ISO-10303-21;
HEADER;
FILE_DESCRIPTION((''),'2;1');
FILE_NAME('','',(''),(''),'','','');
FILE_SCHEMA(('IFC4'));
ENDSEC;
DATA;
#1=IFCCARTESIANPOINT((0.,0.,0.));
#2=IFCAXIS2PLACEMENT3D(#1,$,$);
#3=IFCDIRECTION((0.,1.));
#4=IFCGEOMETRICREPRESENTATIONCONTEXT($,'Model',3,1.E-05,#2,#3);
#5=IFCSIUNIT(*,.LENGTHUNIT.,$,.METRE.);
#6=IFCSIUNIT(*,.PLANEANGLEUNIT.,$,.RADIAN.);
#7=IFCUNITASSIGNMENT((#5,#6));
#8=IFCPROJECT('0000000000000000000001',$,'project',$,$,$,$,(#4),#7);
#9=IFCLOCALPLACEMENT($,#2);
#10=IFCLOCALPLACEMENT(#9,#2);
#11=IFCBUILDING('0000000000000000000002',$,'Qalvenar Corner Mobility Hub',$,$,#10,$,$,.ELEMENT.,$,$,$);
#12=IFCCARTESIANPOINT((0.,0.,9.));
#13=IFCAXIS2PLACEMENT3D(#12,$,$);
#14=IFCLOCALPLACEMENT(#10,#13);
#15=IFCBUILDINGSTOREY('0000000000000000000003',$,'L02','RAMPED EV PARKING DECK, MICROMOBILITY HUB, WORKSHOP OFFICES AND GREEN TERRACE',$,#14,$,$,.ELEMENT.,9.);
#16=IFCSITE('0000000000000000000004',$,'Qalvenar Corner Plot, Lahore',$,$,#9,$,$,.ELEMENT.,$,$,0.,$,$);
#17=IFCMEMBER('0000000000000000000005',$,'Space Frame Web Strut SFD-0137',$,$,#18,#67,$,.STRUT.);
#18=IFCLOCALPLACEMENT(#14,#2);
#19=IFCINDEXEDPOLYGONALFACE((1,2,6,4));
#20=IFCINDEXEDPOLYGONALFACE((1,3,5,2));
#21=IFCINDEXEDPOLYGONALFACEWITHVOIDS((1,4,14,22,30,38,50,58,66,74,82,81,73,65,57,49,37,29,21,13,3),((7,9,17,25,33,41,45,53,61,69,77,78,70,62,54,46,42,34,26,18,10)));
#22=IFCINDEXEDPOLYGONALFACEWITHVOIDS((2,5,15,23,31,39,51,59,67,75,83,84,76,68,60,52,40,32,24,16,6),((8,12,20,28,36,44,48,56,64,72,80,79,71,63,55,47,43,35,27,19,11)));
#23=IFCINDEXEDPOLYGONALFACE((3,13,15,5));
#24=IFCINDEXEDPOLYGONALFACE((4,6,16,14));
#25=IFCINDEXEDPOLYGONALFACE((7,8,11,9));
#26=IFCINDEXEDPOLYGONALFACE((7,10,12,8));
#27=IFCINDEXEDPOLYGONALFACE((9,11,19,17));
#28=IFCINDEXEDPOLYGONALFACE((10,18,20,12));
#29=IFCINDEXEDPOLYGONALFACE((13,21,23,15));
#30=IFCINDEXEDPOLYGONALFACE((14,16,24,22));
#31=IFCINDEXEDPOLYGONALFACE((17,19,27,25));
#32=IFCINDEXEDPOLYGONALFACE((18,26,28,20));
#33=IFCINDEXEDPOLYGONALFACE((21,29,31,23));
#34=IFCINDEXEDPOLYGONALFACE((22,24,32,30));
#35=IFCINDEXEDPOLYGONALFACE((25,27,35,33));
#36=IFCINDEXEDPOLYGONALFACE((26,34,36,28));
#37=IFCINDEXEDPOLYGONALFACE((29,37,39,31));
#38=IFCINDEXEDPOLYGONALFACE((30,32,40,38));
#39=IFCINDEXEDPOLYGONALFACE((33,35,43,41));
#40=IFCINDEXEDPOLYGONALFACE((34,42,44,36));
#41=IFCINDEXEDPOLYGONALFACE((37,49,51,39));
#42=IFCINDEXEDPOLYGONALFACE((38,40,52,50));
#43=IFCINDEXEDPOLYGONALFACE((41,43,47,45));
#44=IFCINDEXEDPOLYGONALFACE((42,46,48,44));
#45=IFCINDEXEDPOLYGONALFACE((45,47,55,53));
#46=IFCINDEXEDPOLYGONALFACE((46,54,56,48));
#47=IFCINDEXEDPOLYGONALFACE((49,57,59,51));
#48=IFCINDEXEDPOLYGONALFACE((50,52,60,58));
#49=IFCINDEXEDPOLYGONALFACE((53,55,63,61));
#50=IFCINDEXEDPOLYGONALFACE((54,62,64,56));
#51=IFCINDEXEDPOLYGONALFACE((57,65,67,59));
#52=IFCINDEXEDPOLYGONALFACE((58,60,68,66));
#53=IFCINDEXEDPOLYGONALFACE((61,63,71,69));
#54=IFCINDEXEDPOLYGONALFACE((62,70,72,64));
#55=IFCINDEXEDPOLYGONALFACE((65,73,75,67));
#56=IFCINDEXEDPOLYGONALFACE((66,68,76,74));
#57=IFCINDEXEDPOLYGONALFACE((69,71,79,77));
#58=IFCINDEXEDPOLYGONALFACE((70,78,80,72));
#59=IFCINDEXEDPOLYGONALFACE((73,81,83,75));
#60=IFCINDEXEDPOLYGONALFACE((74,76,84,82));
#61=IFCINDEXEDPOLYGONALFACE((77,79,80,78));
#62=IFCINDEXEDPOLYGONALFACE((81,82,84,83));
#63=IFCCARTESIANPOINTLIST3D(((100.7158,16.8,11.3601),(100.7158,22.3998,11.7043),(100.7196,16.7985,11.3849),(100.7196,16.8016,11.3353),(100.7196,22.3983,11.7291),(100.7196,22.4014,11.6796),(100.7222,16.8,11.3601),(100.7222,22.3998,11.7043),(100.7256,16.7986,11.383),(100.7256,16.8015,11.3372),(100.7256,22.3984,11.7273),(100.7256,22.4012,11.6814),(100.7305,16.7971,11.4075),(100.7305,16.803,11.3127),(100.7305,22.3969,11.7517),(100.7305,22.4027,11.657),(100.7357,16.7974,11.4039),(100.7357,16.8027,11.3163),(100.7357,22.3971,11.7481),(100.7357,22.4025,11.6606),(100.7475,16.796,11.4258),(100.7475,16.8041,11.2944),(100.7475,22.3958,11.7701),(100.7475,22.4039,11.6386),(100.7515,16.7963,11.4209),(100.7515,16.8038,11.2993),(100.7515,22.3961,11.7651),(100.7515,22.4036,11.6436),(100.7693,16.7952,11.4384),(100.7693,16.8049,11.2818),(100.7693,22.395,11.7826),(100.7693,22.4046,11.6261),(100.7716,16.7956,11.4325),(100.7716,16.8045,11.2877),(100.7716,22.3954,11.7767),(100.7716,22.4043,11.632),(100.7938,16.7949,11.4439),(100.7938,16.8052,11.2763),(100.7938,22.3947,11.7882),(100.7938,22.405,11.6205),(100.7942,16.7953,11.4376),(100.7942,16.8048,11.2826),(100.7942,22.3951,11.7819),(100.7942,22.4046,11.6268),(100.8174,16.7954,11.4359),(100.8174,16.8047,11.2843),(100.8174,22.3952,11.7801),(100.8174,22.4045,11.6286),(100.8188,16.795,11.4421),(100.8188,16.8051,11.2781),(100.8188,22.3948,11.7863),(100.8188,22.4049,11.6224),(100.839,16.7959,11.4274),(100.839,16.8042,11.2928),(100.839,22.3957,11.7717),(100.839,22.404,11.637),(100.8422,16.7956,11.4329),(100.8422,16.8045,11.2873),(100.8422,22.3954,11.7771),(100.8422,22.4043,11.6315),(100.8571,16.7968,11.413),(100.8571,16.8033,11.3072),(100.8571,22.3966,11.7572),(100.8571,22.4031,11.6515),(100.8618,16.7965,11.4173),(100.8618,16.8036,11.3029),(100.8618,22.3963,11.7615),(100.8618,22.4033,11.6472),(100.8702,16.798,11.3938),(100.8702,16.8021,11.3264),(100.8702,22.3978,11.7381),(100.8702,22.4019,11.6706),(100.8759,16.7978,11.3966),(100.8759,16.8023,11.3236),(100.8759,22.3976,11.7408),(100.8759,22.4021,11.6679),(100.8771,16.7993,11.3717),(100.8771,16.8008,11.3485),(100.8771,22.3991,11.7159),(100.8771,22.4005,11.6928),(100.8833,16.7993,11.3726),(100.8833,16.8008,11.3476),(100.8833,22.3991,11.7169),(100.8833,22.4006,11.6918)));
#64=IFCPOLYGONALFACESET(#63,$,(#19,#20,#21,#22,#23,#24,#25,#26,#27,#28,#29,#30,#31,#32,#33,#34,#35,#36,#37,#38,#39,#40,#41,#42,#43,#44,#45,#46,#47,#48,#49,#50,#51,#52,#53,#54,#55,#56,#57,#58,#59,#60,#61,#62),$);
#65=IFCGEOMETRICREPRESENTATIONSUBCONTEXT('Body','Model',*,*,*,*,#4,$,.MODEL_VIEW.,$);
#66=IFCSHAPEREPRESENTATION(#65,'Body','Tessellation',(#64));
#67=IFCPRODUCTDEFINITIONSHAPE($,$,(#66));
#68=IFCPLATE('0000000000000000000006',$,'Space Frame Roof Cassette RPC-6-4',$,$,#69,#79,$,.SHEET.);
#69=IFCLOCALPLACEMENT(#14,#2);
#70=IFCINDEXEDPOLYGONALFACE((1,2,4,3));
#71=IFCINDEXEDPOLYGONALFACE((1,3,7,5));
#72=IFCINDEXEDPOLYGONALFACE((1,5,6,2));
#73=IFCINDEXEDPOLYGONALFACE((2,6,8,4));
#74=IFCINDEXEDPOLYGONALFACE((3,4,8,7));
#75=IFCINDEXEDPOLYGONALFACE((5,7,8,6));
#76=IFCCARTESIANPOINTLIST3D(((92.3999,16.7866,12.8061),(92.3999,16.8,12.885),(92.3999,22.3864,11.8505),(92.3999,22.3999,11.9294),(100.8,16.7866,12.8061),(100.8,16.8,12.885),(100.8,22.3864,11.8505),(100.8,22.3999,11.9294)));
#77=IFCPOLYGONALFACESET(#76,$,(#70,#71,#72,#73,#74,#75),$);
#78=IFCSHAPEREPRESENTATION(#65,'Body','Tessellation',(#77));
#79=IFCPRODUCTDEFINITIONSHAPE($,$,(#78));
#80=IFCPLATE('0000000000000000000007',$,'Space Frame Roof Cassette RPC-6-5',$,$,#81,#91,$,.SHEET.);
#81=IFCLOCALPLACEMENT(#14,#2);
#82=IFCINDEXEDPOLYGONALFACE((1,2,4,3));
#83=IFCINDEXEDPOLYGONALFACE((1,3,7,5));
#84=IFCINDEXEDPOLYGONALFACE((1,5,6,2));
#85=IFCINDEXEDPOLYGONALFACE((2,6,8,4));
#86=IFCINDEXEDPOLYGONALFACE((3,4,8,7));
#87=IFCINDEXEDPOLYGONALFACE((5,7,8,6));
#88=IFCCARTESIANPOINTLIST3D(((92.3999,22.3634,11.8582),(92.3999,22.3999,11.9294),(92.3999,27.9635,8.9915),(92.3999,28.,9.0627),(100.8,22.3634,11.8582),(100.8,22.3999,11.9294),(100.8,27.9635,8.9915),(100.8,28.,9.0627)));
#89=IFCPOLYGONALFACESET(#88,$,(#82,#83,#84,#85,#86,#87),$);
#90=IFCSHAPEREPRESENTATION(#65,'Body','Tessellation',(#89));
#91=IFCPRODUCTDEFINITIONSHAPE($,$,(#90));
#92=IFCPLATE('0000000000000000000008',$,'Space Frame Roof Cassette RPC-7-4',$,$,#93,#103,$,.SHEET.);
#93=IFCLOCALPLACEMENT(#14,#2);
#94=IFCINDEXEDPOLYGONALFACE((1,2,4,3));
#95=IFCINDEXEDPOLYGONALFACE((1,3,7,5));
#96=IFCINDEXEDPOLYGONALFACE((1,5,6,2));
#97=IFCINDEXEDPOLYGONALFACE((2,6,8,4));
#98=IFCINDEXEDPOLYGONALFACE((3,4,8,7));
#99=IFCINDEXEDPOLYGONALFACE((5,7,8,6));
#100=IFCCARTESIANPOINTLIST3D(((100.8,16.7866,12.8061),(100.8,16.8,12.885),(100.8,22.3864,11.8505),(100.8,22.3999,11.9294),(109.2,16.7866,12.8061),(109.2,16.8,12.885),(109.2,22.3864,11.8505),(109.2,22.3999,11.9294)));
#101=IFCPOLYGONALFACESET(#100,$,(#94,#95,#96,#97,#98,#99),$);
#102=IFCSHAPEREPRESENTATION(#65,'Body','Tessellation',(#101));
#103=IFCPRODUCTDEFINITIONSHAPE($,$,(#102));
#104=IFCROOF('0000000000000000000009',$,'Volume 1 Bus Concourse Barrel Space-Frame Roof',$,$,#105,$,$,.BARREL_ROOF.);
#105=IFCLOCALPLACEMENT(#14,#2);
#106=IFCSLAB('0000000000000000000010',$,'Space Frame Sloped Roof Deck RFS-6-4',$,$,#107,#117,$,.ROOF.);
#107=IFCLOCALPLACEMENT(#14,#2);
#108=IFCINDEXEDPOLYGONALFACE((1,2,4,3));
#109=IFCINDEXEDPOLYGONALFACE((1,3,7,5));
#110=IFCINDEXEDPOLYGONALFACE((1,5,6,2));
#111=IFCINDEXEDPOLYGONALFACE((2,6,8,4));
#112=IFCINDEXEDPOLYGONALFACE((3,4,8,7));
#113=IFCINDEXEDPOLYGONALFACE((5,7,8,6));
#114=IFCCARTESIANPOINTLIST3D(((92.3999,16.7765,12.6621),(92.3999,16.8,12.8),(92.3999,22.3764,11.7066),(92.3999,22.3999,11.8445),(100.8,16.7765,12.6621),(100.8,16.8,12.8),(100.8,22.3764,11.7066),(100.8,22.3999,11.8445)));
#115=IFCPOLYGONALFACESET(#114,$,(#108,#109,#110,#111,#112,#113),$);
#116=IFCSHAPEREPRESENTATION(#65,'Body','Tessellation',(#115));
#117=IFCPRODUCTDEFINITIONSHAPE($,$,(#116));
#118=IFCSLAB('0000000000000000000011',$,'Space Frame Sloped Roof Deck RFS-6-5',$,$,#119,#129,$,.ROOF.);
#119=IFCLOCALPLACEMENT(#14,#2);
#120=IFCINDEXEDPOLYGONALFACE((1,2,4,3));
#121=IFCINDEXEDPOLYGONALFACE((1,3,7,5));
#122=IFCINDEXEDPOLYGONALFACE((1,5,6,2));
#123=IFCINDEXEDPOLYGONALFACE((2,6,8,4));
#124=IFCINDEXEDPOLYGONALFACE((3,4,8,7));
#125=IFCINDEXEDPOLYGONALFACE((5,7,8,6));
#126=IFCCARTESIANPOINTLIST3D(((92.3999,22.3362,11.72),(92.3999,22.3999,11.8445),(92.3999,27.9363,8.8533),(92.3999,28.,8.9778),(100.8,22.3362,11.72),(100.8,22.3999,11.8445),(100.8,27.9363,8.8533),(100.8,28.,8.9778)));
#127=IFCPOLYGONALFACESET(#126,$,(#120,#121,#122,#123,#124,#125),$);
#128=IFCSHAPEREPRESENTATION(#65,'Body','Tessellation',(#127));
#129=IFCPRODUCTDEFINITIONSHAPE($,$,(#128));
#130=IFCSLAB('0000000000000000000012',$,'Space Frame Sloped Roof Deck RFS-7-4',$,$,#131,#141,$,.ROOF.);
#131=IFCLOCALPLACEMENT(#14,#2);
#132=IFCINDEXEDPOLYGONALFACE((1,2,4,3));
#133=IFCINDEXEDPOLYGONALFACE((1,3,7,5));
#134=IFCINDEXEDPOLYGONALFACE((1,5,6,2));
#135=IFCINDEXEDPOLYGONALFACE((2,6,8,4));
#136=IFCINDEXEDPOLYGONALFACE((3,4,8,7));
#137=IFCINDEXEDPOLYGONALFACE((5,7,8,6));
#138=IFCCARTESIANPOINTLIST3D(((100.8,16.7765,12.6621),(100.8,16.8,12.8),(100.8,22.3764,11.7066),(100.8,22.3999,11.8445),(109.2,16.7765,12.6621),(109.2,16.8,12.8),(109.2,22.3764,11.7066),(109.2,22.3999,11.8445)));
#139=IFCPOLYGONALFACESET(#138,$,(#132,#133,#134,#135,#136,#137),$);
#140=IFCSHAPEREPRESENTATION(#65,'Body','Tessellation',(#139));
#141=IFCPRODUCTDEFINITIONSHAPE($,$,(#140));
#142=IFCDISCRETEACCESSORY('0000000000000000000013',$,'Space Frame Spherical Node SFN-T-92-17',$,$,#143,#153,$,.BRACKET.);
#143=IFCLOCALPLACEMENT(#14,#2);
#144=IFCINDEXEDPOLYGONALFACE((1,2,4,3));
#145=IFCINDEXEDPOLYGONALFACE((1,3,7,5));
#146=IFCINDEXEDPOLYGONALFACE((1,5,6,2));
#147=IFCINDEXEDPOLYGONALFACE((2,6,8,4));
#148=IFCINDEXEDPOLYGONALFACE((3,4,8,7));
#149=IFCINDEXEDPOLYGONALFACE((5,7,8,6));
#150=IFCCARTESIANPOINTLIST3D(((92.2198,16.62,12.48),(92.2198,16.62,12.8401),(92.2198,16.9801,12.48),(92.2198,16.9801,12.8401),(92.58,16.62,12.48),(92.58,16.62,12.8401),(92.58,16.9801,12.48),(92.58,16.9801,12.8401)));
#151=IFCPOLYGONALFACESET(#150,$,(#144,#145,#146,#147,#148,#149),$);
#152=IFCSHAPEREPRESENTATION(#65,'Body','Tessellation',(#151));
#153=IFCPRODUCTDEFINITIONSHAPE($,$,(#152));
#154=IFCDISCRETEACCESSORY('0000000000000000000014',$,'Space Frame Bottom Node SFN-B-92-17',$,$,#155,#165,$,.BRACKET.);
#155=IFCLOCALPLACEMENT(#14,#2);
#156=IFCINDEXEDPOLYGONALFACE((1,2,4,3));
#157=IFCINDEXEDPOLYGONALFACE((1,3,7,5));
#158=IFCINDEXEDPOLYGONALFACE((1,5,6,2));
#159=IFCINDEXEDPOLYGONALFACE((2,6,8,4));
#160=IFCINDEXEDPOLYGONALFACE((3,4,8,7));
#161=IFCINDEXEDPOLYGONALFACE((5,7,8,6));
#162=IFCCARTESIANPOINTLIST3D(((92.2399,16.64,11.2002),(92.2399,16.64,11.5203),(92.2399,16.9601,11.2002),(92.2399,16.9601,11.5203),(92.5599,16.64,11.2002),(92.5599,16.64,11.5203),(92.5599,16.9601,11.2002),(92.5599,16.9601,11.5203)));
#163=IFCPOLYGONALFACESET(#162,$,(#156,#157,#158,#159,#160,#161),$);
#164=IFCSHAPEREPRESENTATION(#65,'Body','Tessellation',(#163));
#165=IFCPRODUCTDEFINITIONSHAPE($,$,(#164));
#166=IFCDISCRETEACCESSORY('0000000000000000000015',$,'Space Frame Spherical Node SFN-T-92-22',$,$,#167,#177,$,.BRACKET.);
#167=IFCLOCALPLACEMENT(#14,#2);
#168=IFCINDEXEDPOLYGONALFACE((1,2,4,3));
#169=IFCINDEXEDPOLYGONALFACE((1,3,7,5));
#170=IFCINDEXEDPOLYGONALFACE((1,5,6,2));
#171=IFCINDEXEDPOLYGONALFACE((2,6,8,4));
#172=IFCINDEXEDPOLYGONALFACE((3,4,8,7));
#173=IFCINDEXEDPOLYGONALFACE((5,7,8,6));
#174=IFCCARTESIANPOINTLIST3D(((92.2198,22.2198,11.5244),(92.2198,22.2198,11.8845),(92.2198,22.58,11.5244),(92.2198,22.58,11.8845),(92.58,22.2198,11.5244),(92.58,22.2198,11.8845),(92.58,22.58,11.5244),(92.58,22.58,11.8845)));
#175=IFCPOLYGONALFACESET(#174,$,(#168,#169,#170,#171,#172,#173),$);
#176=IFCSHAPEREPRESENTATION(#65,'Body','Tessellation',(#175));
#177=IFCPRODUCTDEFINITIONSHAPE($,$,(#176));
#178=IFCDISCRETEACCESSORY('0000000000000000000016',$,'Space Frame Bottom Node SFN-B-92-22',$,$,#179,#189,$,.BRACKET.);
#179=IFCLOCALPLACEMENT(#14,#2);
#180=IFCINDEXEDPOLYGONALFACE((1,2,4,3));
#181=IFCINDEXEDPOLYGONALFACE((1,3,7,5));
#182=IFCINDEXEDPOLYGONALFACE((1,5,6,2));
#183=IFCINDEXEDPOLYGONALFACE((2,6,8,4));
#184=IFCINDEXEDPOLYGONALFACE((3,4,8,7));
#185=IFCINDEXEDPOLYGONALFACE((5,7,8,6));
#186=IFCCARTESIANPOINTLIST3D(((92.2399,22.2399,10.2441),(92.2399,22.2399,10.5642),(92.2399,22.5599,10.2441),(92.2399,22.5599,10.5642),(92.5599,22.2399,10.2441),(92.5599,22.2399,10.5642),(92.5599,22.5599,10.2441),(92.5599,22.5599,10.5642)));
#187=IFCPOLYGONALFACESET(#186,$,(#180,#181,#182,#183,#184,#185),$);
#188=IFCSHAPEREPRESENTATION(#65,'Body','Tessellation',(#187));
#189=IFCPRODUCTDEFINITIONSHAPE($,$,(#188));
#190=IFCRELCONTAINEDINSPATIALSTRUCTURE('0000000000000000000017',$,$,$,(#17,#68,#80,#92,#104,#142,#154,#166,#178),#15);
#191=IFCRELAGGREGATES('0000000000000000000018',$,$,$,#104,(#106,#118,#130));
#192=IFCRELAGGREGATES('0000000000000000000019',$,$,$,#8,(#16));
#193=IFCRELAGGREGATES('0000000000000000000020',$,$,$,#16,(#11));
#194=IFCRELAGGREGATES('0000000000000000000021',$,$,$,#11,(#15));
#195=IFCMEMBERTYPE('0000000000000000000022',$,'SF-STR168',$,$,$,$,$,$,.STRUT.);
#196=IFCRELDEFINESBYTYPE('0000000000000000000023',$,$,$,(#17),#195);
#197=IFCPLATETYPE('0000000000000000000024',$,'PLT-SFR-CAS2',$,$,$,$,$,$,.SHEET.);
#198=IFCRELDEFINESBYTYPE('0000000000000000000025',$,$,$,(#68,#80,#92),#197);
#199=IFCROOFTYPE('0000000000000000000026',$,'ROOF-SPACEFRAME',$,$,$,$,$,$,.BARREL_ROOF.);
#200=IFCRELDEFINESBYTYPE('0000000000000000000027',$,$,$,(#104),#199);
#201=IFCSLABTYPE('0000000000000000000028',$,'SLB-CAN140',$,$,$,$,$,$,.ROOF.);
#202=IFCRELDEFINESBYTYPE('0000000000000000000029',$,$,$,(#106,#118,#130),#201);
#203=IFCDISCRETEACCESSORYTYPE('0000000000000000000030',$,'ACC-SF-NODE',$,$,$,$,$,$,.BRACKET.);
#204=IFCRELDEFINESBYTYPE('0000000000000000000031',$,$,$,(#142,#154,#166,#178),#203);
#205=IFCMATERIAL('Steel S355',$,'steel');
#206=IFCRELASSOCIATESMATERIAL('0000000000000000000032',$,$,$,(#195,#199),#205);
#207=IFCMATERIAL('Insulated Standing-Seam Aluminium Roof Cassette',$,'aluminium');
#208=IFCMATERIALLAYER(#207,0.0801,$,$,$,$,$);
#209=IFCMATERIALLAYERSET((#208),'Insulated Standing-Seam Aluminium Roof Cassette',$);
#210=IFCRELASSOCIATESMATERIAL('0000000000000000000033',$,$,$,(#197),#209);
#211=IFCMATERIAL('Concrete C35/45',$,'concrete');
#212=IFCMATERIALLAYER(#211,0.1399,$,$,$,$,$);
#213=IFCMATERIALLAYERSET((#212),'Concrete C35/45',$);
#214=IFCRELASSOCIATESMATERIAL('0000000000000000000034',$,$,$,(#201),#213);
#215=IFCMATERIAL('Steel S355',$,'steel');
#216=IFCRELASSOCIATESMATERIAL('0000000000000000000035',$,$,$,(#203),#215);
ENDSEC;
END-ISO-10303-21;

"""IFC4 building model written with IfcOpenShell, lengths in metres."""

from ifc_helpers import new_model, si_unit, direction, frame, origin, origin_2d, place, context, subcontext, project, spatial, polyline, rectangle, hollow_circle, outline, extrude, material, layer, layer_set, material_profile, profile_set, type_object, element, aggregate, save


model = new_model("IFC4")

# Units and contexts
model_context = context("Model", 3, precision=1e-05, world=origin(), true_north=direction((0.0, 1.0)))
body_context = subcontext(model_context, "Body", "Model", "MODEL_VIEW")
ifc_project = project(units=[si_unit("LENGTHUNIT", "METRE"), si_unit("PLANEANGLEUNIT", "RADIAN")], contexts=[model_context])

# Site, building, storey
site_placement = place(None, origin())
site = spatial("IfcSite", under=ifc_project, at=site_placement, Name="Qalvenar Corner Plot, Lahore", CompositionType="ELEMENT", RefElevation=0.0)
building_placement = place(site_placement, origin())
building = spatial("IfcBuilding", under=site, at=building_placement, Name="Qalvenar Corner Mobility Hub", CompositionType="ELEMENT")
storey_placement = place(building_placement, frame((0.0, 0.0, 9.0)))
storey = spatial("IfcBuildingStorey", under=building, at=storey_placement, Name="L02", Description="RAMPED EV PARKING DECK, MICROMOBILITY HUB, WORKSHOP OFFICES AND GREEN TERRACE", CompositionType="ELEMENT", Elevation=9.0)

# Member
ifc_material_1 = material(Name="Steel S355", Category="steel")
ifc_material_profile_1 = material_profile(ifc_material_1, hollow_circle(Radius=0.0842, WallThickness=0.0063, at=origin_2d()), Name="CHS168.3x6.3")
ifc_profile_set_1 = profile_set([ifc_material_profile_1], Name="Steel S355")
member_type_1 = type_object("IfcMemberType", Name="SF-STR168", PredefinedType="STRUT", material=ifc_profile_set_1)
member_1_placement = place(storey_placement, frame((100.8, 16.8, 11.3601), z_axis=(0.0, 0.998116, 0.061357), x_axis=(-1.0, 0.0, 0.0)))
element("IfcMember", 1, at=member_1_placement, inside=storey, type_object=member_type_1, Name="Space Frame Web Strut SFD-0137", PredefinedType="STRUT", context=body_context, shape_type="SweptSolid", body=[
    extrude(hollow_circle(Radius=0.0842, WallThickness=0.0063, at=origin_2d()), origin(), (0.0, 0.0, 1.0), 5.6104),
])

# Plates
ifc_material_2 = material(Name="Insulated Standing-Seam Aluminium Roof Cassette", Category="aluminium")
ifc_layer_1 = layer(ifc_material_2, 0.0801)
ifc_layer_set_1 = layer_set([ifc_layer_1], Name="Insulated Standing-Seam Aluminium Roof Cassette")
plate_type = type_object("IfcPlateType", Name="PLT-SFR-CAS2", PredefinedType="SHEET", material=ifc_layer_set_1)
plate_1_placement = place(storey_placement, frame((92.3999, 16.8, 12.885), z_axis=(0.0, 0.16821, 0.985751), x_axis=(1.0, 0.0, 0.0)))
element("IfcPlate", 2, at=plate_1_placement, inside=storey, type_object=plate_type, Name="Space Frame Roof Cassette RPC-6-4", PredefinedType="SHEET", context=body_context, shape_type="SweptSolid", body=[
    extrude(outline(polyline([(0.0, 0.0), (8.4001, 0.0), (8.4001, 5.6808), (0.0, 5.6808), (0.0, 0.0)])), origin(), (0.0, 0.0, -1.0), 0.0801),
])
plate_2_placement = place(storey_placement, frame((92.3999, 22.3999, 11.9294), z_axis=(0.0, 0.455669, 0.890149), x_axis=(1.0, 0.0, 0.0)))
element("IfcPlate", 3, at=plate_2_placement, inside=storey, type_object=plate_type, Name="Space Frame Roof Cassette RPC-6-5", PredefinedType="SHEET", context=body_context, shape_type="SweptSolid", body=[
    extrude(outline(polyline([(0.0, 0.0), (8.4001, 0.0), (8.4001, 6.2912), (0.0, 6.2912), (0.0, 0.0)])), origin(), (0.0, 0.0, -1.0), 0.0801),
])
plate_3_placement = place(storey_placement, frame((100.8, 16.8, 12.885), z_axis=(0.0, 0.16821, 0.985751), x_axis=(1.0, 0.0, 0.0)))
element("IfcPlate", 4, at=plate_3_placement, inside=storey, type_object=plate_type, Name="Space Frame Roof Cassette RPC-7-4", PredefinedType="SHEET", context=body_context, shape_type="SweptSolid", body=[
    extrude(outline(polyline([(0.0, 0.0), (8.3999, 0.0), (8.3999, 5.6808), (0.0, 5.6808), (0.0, 0.0)])), origin(), (0.0, 0.0, -1.0), 0.0801),
])

# Roof, slabs
roof_type = type_object("IfcRoofType", Name="ROOF-SPACEFRAME", PredefinedType="BARREL_ROOF", material=ifc_material_1)
roof_placement = place(storey_placement, origin())
roof = element("IfcRoof", 5, at=roof_placement, inside=storey, type_object=roof_type, Name="Volume 1 Bus Concourse Barrel Space-Frame Roof", PredefinedType="BARREL_ROOF")
ifc_material_3 = material(Name="Concrete C35/45", Category="concrete")
ifc_layer_2 = layer(ifc_material_3, 0.1399)
ifc_layer_set_2 = layer_set([ifc_layer_2], Name="Concrete C35/45")
slab_type = type_object("IfcSlabType", Name="SLB-CAN140", PredefinedType="ROOF", material=ifc_layer_set_2)
slab_1_placement = place(storey_placement, frame((92.3999, 16.8, 12.8), z_axis=(0.0, 0.16821, 0.985751), x_axis=(1.0, 0.0, 0.0)))
slab_1 = element("IfcSlab", 6, at=slab_1_placement, type_object=slab_type, Name="Space Frame Sloped Roof Deck RFS-6-4", PredefinedType="ROOF", context=body_context, shape_type="SweptSolid", body=[
    extrude(outline(polyline([(0.0, 0.0), (8.4001, 0.0), (8.4001, 5.6808), (0.0, 5.6808), (0.0, 0.0)])), origin(), (0.0, 0.0, -1.0), 0.1399),
])
slab_2_placement = place(storey_placement, frame((92.3999, 22.3999, 11.8445), z_axis=(0.0, 0.455669, 0.890149), x_axis=(1.0, 0.0, 0.0)))
slab_2 = element("IfcSlab", 7, at=slab_2_placement, type_object=slab_type, Name="Space Frame Sloped Roof Deck RFS-6-5", PredefinedType="ROOF", context=body_context, shape_type="SweptSolid", body=[
    extrude(outline(polyline([(0.0, 0.0), (8.4001, 0.0), (8.4001, 6.2912), (0.0, 6.2912), (0.0, 0.0)])), origin(), (0.0, 0.0, -1.0), 0.1399),
])
slab_3_placement = place(storey_placement, frame((100.8, 16.8, 12.8), z_axis=(0.0, 0.16821, 0.985751), x_axis=(1.0, 0.0, 0.0)))
slab_3 = element("IfcSlab", 8, at=slab_3_placement, type_object=slab_type, Name="Space Frame Sloped Roof Deck RFS-7-4", PredefinedType="ROOF", context=body_context, shape_type="SweptSolid", body=[
    extrude(outline(polyline([(0.0, 0.0), (8.3999, 0.0), (8.3999, 5.6808), (0.0, 5.6808), (0.0, 0.0)])), origin(), (0.0, 0.0, -1.0), 0.1399),
])
aggregate(roof, [slab_1, slab_2, slab_3])

# Discrete accessories
ifc_material_4 = material(Name="Steel S355", Category="steel")
discrete_accessory_type = type_object("IfcDiscreteAccessoryType", Name="ACC-SF-NODE", PredefinedType="BRACKET", material=ifc_material_4)
discrete_accessory_1_placement = place(storey_placement, frame((92.3999, 16.8, 12.48), z_axis=(0.0, 0.0, 1.0), x_axis=(1.0, 0.0, 0.0)))
element("IfcDiscreteAccessory", 9, at=discrete_accessory_1_placement, inside=storey, type_object=discrete_accessory_type, Name="Space Frame Spherical Node SFN-T-92-17", PredefinedType="BRACKET", context=body_context, shape_type="SweptSolid", body=[
    extrude(rectangle(XDim=0.3601, YDim=0.3601, at=origin_2d()), origin(), (0.0, 0.0, 1.0), 0.3601),
])
discrete_accessory_2_placement = place(storey_placement, frame((92.3999, 16.8, 11.2002), z_axis=(0.0, 0.0, 1.0), x_axis=(1.0, 0.0, 0.0)))
element("IfcDiscreteAccessory", 10, at=discrete_accessory_2_placement, inside=storey, type_object=discrete_accessory_type, Name="Space Frame Bottom Node SFN-B-92-17", PredefinedType="BRACKET", context=body_context, shape_type="SweptSolid", body=[
    extrude(rectangle(XDim=0.3201, YDim=0.3201, at=origin_2d()), origin(), (0.0, 0.0, 1.0), 0.3201),
])
discrete_accessory_3_placement = place(storey_placement, frame((92.3999, 22.3999, 11.5244), z_axis=(0.0, 0.0, 1.0), x_axis=(1.0, 0.0, 0.0)))
element("IfcDiscreteAccessory", 11, at=discrete_accessory_3_placement, inside=storey, type_object=discrete_accessory_type, Name="Space Frame Spherical Node SFN-T-92-22", PredefinedType="BRACKET", context=body_context, shape_type="SweptSolid", body=[
    extrude(rectangle(XDim=0.3601, YDim=0.3601, at=origin_2d()), origin(), (0.0, 0.0, 1.0), 0.3601),
])
discrete_accessory_4_placement = place(storey_placement, frame((92.3999, 22.3999, 10.2441), z_axis=(0.0, 0.0, 1.0), x_axis=(1.0, 0.0, 0.0)))
element("IfcDiscreteAccessory", 12, at=discrete_accessory_4_placement, inside=storey, type_object=discrete_accessory_type, Name="Space Frame Bottom Node SFN-B-92-22", PredefinedType="BRACKET", context=body_context, shape_type="SweptSolid", body=[
    extrude(rectangle(XDim=0.3201, YDim=0.3201, at=origin_2d()), origin(), (0.0, 0.0, 1.0), 0.3201),
])

save(model, "model.ifc")
